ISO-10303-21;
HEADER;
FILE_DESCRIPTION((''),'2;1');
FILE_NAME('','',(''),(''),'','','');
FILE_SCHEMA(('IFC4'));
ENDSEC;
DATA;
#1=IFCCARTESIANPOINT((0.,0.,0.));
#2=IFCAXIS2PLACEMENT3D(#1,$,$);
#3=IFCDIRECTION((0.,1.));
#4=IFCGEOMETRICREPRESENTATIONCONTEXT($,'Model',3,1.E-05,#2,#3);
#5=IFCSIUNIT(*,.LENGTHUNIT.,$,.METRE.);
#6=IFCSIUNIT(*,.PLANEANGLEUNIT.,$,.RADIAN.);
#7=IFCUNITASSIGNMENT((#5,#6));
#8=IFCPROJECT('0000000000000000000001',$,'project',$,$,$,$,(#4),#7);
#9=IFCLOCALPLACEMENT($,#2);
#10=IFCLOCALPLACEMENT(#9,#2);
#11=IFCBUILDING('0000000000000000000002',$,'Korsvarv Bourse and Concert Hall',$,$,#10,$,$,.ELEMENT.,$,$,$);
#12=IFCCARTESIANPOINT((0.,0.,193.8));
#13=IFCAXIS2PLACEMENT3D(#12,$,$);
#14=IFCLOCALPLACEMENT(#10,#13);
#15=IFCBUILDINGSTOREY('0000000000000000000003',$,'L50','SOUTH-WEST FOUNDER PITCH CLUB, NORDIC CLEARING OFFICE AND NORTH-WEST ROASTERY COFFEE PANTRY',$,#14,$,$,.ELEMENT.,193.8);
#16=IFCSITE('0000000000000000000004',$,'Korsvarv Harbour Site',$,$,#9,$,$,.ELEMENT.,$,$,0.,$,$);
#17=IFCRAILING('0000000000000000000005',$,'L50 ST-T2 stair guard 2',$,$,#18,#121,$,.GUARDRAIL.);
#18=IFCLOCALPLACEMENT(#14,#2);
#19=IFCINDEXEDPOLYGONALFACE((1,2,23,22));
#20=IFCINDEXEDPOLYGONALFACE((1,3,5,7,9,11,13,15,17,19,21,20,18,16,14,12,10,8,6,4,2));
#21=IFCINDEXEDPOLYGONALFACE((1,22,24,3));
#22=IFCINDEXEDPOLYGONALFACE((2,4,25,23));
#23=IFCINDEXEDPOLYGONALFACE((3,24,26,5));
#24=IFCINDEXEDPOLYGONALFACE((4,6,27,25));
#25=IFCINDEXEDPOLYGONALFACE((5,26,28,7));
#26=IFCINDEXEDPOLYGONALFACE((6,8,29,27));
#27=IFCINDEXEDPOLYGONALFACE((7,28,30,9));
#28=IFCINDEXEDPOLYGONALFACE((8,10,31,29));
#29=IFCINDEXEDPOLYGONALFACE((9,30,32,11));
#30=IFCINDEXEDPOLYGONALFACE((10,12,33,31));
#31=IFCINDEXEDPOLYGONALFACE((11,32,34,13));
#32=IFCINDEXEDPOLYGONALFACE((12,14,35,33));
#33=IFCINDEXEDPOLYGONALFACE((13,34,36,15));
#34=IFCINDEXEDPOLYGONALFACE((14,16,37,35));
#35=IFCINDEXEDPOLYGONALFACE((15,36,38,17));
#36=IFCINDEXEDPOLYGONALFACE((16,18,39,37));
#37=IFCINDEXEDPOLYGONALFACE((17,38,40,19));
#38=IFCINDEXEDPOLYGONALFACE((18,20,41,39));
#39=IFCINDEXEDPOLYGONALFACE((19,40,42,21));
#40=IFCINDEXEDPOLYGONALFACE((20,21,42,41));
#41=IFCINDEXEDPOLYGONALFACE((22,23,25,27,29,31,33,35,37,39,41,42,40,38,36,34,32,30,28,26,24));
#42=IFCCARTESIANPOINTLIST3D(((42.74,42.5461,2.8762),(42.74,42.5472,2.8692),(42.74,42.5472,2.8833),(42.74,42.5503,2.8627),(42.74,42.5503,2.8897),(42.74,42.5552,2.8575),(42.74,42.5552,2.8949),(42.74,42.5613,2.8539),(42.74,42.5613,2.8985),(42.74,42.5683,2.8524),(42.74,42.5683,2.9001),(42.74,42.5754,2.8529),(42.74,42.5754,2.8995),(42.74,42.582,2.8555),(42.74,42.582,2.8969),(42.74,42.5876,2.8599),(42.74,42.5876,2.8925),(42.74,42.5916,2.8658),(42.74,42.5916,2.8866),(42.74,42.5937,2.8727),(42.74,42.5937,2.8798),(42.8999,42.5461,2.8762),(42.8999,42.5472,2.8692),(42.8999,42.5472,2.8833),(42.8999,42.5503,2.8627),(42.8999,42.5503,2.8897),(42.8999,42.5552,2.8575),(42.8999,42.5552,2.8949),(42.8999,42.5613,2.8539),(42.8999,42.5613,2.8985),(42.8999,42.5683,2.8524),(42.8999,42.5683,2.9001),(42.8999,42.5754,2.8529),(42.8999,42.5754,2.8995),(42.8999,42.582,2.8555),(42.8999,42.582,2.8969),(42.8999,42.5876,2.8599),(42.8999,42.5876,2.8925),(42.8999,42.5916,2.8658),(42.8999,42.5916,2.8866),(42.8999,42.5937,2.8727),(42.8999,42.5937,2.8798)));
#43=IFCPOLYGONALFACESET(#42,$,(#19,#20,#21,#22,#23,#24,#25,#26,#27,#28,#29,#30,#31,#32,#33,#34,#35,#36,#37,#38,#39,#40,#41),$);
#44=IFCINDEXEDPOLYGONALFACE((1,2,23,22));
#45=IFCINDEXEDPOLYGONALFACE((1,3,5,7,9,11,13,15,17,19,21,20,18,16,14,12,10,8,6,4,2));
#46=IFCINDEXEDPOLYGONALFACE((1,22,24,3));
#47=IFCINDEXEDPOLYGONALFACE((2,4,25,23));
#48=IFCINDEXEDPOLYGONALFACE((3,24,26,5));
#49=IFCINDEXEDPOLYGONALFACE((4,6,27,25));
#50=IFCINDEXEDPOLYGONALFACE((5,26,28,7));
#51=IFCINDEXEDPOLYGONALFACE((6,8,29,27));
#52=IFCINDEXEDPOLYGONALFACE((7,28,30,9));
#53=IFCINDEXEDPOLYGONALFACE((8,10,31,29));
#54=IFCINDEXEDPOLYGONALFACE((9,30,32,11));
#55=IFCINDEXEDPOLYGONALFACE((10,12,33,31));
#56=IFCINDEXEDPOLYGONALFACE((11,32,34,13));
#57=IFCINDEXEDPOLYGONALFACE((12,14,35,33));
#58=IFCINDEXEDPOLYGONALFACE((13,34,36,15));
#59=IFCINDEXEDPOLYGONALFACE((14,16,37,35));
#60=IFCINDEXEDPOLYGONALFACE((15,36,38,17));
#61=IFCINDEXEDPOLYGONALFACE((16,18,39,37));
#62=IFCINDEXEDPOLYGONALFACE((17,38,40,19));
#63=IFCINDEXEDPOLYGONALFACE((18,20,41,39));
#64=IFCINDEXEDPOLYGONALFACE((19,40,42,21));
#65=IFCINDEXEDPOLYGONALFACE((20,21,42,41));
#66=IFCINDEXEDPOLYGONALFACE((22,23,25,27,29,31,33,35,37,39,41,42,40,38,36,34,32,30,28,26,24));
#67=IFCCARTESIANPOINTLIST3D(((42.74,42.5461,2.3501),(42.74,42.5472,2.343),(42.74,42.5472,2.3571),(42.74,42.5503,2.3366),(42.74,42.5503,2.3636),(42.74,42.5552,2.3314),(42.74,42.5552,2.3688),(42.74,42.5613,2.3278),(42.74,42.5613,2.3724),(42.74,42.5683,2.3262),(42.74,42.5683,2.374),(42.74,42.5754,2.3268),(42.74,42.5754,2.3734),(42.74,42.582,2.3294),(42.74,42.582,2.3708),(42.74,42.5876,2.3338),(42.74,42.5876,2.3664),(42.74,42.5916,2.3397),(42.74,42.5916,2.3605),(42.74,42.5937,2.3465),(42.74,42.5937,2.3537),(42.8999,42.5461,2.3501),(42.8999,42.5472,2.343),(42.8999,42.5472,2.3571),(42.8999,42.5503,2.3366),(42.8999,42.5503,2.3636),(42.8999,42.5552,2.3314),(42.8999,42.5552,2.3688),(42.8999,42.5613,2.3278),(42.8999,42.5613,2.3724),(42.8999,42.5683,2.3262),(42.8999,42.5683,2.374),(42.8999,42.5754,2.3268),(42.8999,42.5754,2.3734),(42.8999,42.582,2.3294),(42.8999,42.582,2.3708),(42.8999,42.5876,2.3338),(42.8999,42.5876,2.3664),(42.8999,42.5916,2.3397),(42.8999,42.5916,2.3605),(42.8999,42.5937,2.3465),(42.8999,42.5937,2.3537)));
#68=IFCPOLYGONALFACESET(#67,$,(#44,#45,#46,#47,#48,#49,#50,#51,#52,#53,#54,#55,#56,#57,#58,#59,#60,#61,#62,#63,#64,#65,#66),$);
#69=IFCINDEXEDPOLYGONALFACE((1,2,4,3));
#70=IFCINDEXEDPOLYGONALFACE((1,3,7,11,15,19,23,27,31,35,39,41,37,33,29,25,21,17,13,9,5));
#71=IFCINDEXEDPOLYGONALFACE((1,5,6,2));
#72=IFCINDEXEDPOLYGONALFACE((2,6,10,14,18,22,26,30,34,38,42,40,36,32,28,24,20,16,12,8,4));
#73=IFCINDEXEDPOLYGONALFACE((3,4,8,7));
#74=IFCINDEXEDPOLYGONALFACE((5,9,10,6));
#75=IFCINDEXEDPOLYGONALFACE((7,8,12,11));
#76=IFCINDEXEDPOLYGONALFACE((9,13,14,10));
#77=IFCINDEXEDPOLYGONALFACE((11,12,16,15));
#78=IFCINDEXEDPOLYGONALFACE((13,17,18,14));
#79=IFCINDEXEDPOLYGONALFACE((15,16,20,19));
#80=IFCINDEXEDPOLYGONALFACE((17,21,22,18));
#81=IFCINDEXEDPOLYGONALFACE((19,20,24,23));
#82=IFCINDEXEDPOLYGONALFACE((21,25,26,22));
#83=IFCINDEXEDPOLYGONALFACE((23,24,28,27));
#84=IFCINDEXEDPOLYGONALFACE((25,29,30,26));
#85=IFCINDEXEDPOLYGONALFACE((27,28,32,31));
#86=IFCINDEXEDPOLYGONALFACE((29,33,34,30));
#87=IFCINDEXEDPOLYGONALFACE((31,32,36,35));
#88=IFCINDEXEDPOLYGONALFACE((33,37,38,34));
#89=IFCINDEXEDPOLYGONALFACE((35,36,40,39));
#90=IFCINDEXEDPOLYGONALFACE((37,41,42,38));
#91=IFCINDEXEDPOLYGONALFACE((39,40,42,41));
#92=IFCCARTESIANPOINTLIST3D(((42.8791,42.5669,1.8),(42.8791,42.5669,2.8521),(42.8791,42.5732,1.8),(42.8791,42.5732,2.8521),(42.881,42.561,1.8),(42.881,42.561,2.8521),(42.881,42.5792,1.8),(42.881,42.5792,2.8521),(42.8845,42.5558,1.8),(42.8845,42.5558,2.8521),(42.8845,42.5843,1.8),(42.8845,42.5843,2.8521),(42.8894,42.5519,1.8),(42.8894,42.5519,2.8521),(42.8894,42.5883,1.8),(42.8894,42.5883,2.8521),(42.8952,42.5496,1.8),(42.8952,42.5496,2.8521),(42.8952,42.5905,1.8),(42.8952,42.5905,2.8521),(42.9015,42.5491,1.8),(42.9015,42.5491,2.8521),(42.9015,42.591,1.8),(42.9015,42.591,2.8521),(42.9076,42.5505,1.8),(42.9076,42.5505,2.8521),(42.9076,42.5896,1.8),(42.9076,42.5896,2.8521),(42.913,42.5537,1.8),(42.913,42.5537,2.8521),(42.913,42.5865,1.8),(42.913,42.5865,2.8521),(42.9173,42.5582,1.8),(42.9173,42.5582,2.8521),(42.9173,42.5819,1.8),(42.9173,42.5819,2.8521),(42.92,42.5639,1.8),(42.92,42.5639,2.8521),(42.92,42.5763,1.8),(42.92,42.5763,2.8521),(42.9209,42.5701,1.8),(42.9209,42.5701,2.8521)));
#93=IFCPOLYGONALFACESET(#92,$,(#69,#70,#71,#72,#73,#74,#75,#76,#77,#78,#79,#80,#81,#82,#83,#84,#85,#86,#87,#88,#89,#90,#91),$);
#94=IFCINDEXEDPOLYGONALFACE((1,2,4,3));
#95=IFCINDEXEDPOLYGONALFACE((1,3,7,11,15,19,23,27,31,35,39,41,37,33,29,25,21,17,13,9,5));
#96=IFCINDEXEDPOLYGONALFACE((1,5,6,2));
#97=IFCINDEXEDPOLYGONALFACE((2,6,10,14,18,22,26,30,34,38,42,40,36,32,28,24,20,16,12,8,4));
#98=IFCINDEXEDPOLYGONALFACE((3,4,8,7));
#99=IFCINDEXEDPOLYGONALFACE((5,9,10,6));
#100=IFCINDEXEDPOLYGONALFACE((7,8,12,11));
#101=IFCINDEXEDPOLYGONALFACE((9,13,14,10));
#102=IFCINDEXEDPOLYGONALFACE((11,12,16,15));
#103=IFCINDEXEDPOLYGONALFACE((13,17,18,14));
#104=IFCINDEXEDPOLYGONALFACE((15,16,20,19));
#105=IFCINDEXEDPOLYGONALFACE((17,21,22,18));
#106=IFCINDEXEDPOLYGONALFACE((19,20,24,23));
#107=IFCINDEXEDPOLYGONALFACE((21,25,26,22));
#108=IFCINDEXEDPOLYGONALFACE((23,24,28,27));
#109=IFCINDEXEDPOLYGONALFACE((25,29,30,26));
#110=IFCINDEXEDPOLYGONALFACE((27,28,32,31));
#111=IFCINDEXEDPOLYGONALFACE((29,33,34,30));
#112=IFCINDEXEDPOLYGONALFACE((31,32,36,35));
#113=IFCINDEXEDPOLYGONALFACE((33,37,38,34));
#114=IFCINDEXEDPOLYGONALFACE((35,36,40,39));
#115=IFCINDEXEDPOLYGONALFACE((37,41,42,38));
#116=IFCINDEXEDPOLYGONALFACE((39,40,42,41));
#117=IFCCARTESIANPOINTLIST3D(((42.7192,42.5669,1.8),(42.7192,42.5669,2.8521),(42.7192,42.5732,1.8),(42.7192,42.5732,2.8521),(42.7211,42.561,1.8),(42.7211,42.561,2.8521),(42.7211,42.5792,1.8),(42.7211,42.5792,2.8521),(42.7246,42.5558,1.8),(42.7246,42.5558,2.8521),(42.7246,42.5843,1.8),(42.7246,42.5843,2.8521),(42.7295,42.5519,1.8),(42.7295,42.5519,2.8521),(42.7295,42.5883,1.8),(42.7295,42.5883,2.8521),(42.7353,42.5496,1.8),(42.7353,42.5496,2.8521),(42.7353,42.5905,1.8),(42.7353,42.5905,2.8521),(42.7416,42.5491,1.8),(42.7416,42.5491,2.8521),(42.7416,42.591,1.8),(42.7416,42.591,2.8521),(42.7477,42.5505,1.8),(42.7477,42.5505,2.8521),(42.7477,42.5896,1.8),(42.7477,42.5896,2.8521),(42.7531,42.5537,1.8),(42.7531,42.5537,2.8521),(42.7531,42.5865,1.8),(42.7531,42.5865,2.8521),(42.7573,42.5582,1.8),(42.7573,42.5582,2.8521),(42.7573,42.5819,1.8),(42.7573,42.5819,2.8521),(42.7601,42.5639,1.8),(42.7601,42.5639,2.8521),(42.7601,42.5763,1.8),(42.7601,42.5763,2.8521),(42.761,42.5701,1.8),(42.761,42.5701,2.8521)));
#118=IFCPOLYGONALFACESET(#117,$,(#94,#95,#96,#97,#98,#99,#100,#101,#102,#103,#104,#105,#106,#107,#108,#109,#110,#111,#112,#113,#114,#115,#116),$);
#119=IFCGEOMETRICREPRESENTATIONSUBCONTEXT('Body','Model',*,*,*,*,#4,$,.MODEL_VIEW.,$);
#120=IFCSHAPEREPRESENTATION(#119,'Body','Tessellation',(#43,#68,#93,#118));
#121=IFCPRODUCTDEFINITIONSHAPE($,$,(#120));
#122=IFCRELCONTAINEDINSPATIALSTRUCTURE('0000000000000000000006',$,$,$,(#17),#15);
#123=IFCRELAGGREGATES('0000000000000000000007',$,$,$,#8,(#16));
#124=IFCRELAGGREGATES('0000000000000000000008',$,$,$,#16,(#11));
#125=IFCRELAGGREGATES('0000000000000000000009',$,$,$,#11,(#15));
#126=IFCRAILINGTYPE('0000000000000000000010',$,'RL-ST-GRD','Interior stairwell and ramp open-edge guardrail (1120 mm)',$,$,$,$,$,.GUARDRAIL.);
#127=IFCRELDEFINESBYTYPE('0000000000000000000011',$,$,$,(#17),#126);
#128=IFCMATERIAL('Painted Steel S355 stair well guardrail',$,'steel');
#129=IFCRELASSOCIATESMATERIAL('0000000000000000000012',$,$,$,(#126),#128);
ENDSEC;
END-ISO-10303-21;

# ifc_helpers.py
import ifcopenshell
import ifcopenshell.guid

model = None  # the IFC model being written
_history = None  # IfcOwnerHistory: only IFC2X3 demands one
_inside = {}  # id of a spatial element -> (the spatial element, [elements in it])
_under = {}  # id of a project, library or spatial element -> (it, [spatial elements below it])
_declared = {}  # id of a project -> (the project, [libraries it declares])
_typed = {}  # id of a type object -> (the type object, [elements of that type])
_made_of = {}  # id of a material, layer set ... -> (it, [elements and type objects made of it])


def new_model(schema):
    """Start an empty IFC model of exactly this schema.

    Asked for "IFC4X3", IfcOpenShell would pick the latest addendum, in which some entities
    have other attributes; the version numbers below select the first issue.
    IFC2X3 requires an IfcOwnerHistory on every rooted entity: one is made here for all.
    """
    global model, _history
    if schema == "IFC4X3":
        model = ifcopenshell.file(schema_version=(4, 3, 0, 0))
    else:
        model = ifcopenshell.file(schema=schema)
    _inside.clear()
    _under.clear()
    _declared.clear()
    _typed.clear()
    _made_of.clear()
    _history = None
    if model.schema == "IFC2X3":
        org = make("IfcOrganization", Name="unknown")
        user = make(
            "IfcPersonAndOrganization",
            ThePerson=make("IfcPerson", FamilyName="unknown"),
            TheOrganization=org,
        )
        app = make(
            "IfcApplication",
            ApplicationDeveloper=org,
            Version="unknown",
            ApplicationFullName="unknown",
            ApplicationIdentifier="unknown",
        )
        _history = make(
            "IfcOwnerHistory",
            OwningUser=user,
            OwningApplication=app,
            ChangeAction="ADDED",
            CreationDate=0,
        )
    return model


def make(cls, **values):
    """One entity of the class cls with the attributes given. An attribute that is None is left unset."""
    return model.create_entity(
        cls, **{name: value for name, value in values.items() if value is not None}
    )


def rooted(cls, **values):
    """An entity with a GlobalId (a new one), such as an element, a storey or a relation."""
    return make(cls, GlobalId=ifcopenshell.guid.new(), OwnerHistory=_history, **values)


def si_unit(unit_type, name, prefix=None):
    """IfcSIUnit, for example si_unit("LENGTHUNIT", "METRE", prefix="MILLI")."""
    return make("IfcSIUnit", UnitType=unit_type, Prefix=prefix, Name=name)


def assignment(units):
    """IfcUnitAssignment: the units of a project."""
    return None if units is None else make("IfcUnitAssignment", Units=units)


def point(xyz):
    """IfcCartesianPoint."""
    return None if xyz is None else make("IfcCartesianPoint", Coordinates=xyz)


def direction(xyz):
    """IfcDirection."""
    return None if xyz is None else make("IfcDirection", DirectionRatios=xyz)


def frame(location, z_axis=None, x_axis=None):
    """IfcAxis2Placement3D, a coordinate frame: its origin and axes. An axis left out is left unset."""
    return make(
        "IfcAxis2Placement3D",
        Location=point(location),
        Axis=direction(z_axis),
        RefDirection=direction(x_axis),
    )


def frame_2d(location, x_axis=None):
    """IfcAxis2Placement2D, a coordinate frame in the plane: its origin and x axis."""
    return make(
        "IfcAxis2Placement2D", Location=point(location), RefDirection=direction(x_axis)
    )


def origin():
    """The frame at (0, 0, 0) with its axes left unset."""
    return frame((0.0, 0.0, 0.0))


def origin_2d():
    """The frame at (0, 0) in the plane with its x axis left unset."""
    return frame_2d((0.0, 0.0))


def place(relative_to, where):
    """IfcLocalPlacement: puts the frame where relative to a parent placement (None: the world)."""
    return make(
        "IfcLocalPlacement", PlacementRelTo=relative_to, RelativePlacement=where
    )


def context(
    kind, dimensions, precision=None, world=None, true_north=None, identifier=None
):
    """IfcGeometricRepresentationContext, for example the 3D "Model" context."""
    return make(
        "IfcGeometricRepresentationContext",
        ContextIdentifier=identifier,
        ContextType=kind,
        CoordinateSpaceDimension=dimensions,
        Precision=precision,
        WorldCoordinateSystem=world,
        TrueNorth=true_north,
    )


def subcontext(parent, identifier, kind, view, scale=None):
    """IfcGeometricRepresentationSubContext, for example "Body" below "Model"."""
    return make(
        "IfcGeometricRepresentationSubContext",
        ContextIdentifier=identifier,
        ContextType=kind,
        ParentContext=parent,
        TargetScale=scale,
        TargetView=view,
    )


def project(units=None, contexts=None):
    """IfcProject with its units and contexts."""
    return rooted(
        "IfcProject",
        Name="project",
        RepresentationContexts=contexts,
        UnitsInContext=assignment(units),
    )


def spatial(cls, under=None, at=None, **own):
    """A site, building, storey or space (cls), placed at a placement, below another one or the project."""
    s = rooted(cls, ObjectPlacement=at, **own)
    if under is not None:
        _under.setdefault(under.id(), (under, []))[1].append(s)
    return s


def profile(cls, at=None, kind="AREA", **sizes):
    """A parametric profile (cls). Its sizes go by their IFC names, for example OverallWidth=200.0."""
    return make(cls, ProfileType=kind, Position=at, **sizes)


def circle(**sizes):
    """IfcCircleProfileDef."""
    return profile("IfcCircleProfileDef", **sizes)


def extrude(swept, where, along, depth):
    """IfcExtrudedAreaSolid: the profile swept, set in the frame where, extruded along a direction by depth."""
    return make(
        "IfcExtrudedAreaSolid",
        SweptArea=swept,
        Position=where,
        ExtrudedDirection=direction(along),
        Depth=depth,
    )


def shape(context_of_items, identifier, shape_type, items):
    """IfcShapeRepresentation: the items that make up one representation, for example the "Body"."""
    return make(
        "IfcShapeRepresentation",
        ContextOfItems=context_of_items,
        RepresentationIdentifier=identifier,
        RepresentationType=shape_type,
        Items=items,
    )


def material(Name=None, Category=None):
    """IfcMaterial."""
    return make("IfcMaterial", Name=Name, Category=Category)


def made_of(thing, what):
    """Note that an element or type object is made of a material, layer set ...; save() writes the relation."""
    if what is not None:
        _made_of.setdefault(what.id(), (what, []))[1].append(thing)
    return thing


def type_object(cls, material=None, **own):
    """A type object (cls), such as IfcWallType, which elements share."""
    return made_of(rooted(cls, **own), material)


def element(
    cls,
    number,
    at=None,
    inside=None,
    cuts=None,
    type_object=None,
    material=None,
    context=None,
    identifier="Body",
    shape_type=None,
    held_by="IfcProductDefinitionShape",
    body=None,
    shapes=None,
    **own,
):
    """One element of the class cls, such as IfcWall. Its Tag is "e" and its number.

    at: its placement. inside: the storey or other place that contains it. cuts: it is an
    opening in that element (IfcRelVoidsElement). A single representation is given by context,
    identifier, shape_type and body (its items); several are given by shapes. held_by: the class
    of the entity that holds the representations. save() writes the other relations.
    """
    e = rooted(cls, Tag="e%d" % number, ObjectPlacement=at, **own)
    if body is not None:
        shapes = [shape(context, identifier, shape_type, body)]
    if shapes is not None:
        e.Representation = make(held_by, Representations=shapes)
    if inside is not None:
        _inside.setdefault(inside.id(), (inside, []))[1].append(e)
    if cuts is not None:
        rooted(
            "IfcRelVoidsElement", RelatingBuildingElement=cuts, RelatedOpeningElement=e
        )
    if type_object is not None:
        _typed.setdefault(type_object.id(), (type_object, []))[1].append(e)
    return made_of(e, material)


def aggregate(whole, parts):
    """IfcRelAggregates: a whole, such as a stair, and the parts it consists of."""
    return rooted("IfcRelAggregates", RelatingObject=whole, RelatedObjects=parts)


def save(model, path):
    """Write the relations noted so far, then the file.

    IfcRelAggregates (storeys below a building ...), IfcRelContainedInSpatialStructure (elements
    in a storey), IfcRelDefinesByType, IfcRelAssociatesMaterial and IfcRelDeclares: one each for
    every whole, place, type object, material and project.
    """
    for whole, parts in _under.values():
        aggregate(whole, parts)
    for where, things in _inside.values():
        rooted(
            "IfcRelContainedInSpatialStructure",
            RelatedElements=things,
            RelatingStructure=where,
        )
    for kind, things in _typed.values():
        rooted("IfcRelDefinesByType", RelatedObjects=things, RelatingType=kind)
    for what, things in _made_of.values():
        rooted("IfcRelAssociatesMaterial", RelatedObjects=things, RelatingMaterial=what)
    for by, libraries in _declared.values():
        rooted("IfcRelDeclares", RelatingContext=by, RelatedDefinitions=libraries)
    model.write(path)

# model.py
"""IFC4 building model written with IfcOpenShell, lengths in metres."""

from ifc_helpers import new_model, si_unit, direction, frame, origin, origin_2d, place, context, subcontext, project, spatial, circle, extrude, material, type_object, element, save


model = new_model("IFC4")

# Units and contexts
model_context = context("Model", 3, precision=1e-05, world=origin(), true_north=direction((0.0, 1.0)))
body_context = subcontext(model_context, "Body", "Model", "MODEL_VIEW")
ifc_project = project(units=[si_unit("LENGTHUNIT", "METRE"), si_unit("PLANEANGLEUNIT", "RADIAN")], contexts=[model_context])

# Site, building, storey
site_placement = place(None, origin())
site = spatial("IfcSite", under=ifc_project, at=site_placement, Name="Korsvarv Harbour Site", CompositionType="ELEMENT", RefElevation=0.0)
building_placement = place(site_placement, origin())
building = spatial("IfcBuilding", under=site, at=building_placement, Name="Korsvarv Bourse and Concert Hall", CompositionType="ELEMENT")
storey_placement = place(building_placement, frame((0.0, 0.0, 193.8)))
storey = spatial("IfcBuildingStorey", under=building, at=storey_placement, Name="L50", Description="SOUTH-WEST FOUNDER PITCH CLUB, NORDIC CLEARING OFFICE AND NORTH-WEST ROASTERY COFFEE PANTRY", CompositionType="ELEMENT", Elevation=193.8)

# Railing
ifc_material_1 = material(Name="Painted Steel S355 stair well guardrail", Category="steel")
railing_type_1 = type_object("IfcRailingType", Name="RL-ST-GRD", Description="Interior stairwell and ramp open-edge guardrail (1120 mm)", PredefinedType="GUARDRAIL", material=ifc_material_1)
railing_1_placement = place(storey_placement, frame((42.8999, 42.5701, 1.8)))
element("IfcRailing", 1, at=railing_1_placement, inside=storey, type_object=railing_type_1, Name="L50 ST-T2 stair guard 2", PredefinedType="GUARDRAIL", context=body_context, shape_type="SweptSolid", body=[
    extrude(circle(Radius=0.0239, at=origin_2d()), frame((0.0, 0.0, 1.0762), z_axis=(-1.0, 0.0, 0.0), x_axis=(0.0, -1.0, 0.0)), (0.0, 0.0, 1.0), 0.1599),
    extrude(circle(Radius=0.0239, at=origin_2d()), frame((0.0, 0.0, 0.55), z_axis=(-1.0, 0.0, 0.0), x_axis=(0.0, -1.0, 0.0)), (0.0, 0.0, 1.0), 0.1599),
    extrude(circle(Radius=0.021, at=origin_2d()), origin(), (0.0, 0.0, 1.0), 1.052),
    extrude(circle(Radius=0.021, at=origin_2d()), frame((-0.1599, 0.0, 0.0)), (0.0, 0.0, 1.0), 1.052),
])

save(model, "model.ifc")
